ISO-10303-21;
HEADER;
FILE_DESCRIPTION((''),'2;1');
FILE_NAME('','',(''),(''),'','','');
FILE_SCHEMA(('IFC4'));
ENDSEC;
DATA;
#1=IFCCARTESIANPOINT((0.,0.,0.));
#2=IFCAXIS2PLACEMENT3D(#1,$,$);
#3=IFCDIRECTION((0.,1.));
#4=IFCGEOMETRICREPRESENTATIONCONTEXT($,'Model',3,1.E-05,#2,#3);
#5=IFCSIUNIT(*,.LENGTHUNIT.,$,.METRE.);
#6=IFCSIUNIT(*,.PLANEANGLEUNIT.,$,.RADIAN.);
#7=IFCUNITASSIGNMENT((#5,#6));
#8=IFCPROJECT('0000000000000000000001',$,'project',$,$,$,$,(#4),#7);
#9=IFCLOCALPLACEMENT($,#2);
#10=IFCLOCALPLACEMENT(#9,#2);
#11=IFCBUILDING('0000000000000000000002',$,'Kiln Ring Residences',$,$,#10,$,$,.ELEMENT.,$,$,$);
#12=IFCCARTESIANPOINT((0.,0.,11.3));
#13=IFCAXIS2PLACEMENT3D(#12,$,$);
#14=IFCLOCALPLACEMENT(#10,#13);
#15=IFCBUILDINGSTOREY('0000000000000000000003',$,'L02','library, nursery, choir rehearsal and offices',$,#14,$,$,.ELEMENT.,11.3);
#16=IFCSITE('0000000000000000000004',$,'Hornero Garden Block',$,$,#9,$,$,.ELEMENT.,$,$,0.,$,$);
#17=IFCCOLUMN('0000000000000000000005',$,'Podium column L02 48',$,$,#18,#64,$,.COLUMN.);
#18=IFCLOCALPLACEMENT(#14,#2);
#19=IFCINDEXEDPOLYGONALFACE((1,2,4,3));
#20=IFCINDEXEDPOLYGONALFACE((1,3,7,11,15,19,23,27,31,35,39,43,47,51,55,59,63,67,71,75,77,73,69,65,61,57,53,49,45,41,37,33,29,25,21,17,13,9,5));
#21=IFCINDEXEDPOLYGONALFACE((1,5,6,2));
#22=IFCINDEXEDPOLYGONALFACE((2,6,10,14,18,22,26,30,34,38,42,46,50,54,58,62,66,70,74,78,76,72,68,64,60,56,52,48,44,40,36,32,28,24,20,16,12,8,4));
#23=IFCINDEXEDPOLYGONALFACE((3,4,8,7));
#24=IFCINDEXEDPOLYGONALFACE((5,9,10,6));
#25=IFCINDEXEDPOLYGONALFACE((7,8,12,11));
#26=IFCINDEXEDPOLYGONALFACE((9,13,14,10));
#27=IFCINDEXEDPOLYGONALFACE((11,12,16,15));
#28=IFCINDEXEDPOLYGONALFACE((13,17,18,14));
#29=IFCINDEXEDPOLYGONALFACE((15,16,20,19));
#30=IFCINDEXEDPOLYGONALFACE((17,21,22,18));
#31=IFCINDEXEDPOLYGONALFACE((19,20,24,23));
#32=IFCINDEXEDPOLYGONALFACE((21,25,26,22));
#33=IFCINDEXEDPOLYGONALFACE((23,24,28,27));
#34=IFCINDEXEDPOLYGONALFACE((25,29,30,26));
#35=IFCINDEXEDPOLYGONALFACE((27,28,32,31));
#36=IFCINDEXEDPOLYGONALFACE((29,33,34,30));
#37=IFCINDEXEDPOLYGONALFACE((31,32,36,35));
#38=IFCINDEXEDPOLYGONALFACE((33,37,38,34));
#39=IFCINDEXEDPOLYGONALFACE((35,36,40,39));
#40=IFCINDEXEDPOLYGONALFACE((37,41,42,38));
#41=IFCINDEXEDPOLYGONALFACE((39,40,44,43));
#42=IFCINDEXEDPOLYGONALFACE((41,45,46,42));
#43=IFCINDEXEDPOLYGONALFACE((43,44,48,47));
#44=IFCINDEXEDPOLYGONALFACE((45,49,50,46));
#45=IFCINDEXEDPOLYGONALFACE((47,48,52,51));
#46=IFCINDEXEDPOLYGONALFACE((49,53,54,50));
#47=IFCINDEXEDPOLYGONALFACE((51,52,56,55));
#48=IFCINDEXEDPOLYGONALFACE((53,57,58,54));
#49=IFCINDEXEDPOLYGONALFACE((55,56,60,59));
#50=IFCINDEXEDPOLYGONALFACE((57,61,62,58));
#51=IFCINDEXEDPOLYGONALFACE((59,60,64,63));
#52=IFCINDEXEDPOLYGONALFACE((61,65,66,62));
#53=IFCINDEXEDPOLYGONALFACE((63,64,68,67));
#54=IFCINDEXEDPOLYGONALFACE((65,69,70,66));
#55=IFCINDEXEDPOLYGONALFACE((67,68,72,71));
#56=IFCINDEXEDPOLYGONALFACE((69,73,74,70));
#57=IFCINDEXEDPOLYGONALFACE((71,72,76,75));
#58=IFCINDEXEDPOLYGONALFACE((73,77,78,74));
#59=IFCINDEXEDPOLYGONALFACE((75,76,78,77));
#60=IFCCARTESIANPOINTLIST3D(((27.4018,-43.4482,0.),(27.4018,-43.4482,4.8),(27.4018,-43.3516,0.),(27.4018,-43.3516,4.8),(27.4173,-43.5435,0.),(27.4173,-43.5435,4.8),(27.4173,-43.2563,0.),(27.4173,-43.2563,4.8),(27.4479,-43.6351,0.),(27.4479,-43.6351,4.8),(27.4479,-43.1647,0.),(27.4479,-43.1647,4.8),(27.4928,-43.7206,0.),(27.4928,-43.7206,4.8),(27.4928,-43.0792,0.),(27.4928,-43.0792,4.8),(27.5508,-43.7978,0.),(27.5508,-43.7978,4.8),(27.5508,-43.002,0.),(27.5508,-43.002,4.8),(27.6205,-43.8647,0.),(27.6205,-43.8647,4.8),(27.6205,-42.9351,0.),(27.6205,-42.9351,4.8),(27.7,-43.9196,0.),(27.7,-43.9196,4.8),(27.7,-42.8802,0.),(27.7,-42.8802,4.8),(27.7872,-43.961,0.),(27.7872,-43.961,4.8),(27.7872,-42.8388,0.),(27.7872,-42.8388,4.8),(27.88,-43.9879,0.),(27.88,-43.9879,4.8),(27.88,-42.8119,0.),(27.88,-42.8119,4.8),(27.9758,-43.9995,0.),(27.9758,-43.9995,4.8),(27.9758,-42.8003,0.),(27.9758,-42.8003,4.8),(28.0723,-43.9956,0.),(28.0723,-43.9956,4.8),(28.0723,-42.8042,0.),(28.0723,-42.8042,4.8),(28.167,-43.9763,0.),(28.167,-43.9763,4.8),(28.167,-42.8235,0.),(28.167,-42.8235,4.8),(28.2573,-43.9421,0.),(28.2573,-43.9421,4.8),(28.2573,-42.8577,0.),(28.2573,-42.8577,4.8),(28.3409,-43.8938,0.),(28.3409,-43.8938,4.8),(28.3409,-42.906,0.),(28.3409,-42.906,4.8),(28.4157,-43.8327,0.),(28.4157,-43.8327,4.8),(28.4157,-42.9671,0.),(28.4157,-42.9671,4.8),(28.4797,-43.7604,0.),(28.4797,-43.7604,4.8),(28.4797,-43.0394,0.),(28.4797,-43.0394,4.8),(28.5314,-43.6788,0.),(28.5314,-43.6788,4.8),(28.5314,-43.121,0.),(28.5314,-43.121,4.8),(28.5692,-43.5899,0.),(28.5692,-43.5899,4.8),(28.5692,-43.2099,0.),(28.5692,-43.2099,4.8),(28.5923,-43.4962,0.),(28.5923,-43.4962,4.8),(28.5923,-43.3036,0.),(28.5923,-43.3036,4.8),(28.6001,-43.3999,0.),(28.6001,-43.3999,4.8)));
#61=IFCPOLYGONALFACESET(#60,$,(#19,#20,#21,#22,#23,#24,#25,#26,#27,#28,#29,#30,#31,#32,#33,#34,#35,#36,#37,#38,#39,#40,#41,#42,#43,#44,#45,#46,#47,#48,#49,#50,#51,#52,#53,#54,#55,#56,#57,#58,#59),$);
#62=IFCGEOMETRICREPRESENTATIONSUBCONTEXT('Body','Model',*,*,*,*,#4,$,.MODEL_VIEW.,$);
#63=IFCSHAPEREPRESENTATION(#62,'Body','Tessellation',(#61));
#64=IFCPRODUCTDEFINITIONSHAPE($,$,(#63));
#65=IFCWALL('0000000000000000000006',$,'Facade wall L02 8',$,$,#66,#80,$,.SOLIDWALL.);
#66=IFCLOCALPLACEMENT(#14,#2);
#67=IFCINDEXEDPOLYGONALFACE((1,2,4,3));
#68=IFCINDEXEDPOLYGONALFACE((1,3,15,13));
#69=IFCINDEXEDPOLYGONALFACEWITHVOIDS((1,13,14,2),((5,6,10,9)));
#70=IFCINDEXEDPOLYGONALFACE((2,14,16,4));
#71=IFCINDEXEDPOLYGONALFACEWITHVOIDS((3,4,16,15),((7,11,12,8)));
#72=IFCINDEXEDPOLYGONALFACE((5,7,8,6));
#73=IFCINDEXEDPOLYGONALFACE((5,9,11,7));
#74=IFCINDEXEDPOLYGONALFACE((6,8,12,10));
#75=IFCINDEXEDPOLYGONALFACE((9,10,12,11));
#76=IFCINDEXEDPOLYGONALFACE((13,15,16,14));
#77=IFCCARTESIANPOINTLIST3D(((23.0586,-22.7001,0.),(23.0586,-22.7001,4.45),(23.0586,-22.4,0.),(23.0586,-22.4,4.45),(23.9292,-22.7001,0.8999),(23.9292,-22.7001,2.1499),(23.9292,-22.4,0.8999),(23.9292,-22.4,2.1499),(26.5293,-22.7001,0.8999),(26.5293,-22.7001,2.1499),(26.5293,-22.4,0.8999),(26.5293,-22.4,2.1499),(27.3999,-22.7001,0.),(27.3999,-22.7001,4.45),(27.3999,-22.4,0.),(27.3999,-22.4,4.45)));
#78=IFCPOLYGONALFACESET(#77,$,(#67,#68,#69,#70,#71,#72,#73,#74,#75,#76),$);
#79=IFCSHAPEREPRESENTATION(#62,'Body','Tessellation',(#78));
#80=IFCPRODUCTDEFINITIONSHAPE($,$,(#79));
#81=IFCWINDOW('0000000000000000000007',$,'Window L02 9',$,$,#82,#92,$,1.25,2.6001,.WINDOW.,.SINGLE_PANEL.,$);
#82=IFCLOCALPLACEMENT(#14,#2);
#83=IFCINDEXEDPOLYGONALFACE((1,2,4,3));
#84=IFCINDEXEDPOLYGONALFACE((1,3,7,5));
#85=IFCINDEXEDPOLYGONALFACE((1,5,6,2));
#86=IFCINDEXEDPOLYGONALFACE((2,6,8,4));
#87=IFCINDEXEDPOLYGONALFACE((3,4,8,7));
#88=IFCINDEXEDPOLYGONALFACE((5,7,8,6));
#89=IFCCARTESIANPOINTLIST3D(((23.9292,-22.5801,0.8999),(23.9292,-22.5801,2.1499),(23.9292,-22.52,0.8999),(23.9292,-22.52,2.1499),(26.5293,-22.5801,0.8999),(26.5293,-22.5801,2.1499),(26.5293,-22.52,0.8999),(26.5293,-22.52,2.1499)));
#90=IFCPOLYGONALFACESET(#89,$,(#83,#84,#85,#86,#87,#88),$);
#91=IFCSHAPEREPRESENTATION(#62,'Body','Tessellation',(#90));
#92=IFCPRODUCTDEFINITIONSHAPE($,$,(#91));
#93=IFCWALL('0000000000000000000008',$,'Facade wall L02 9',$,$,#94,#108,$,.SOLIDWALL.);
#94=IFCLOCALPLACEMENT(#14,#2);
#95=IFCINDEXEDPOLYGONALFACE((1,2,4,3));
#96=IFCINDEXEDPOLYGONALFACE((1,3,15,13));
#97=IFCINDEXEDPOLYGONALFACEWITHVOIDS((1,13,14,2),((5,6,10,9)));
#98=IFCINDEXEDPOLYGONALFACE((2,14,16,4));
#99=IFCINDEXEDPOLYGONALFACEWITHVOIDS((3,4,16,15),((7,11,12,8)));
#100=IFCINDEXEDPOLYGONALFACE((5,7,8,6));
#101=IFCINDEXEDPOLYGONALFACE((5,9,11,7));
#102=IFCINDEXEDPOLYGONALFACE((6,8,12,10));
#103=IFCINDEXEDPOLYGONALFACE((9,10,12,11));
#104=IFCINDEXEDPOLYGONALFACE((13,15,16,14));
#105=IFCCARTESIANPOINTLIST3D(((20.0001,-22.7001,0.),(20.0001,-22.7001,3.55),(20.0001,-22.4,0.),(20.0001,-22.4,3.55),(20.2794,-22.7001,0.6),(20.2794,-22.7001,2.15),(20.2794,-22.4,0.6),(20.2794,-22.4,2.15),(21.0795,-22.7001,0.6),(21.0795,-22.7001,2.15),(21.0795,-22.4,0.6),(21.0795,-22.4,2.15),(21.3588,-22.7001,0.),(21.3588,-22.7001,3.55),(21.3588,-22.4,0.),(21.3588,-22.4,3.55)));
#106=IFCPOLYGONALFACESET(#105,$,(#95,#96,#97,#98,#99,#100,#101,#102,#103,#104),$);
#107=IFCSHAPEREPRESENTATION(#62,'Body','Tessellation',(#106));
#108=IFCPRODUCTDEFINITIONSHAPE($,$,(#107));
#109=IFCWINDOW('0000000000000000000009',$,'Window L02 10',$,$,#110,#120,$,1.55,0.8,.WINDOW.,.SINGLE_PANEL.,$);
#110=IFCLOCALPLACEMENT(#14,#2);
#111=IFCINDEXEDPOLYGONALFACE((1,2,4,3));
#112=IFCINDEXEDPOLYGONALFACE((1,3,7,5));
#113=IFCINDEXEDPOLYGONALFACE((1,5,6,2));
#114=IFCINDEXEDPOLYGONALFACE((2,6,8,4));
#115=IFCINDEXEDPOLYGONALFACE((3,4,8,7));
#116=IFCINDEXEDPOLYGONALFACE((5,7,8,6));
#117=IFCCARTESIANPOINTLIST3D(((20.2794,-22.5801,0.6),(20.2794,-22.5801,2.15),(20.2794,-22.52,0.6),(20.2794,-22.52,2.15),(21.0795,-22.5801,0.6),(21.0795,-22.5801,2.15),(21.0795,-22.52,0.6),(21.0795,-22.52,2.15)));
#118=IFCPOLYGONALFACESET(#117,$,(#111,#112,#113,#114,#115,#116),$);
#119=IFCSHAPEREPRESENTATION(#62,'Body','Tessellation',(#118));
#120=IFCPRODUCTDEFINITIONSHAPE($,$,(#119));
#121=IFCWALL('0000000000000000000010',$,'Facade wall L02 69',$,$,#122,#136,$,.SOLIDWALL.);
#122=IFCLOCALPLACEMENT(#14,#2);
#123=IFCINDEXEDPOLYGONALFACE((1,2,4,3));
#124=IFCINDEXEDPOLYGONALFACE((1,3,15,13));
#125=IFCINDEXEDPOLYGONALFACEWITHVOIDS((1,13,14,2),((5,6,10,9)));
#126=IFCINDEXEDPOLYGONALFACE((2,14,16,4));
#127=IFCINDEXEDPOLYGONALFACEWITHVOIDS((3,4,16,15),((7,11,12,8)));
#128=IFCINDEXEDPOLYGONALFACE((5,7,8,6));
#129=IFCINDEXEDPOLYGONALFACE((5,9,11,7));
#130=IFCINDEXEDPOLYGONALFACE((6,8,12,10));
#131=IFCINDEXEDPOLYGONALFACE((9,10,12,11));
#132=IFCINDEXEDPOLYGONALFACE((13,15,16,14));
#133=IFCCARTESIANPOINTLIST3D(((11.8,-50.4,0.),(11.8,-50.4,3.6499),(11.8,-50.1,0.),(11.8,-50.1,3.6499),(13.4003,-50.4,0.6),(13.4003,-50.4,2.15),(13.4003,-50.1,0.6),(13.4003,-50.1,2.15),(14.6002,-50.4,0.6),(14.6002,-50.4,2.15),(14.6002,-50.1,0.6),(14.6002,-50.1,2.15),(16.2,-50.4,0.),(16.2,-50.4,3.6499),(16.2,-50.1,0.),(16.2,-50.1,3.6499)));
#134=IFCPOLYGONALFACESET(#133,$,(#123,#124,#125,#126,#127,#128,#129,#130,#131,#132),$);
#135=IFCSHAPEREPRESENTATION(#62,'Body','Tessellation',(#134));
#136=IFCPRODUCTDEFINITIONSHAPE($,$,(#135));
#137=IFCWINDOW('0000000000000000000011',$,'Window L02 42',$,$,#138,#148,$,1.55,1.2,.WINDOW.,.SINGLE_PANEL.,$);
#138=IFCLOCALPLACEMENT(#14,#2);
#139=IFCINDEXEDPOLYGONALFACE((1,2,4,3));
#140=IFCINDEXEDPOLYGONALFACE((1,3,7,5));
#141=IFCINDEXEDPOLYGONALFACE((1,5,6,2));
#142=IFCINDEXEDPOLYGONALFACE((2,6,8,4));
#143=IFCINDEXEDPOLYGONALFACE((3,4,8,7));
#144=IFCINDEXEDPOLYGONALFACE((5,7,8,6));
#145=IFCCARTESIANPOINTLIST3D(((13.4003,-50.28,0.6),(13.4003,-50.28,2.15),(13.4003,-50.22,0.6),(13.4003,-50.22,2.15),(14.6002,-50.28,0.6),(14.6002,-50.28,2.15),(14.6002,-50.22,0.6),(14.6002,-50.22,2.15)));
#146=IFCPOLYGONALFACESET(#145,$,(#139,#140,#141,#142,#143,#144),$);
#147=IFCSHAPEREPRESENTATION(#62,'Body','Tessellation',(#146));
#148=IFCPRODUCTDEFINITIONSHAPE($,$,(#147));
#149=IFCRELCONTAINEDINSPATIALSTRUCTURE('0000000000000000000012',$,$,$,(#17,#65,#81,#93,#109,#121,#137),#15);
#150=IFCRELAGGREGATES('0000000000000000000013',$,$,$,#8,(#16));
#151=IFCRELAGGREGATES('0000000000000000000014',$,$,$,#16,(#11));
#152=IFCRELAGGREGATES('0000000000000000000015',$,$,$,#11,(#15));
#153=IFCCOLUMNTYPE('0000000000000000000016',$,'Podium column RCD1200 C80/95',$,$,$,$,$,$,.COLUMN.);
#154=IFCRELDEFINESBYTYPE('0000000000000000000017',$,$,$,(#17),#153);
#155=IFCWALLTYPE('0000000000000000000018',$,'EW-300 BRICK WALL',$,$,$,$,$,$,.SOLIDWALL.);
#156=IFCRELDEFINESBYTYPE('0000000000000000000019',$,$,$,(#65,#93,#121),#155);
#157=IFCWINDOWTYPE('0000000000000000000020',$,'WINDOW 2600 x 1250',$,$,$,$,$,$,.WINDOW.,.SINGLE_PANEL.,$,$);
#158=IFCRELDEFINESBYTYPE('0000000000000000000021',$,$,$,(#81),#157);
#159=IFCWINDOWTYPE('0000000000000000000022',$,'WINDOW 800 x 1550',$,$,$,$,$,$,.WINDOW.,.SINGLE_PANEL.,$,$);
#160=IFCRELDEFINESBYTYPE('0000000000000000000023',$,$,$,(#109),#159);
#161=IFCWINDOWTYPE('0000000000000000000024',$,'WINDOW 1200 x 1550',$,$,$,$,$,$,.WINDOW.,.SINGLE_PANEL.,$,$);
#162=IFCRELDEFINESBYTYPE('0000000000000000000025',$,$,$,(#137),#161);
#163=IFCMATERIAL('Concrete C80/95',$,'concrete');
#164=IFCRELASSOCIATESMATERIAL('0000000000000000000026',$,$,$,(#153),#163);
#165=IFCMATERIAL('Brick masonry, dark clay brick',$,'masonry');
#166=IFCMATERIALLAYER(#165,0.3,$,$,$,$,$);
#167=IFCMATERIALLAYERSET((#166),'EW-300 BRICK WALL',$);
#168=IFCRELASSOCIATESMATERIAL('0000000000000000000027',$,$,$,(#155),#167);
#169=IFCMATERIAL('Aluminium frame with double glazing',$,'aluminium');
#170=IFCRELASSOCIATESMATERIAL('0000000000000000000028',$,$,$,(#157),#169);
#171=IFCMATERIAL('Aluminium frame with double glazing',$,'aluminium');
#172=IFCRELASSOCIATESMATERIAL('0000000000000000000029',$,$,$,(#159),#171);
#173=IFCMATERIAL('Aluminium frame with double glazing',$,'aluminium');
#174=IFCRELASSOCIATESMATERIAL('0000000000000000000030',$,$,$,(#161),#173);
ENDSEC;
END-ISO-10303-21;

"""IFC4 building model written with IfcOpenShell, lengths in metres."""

from ifc_helpers import new_model, si_unit, direction, frame, frame_2d, origin, origin_2d, place, context, subcontext, project, spatial, rectangle, circle, extrude, material, layer, layer_set, material_profile, profile_set, type_object, element, fill, save


model = new_model("IFC4")

# Units and contexts
model_context = context("Model", 3, precision=1e-05, world=origin(), true_north=direction((0.0, 1.0)))
body_context = subcontext(model_context, "Body", "Model", "MODEL_VIEW")
ifc_project = project(units=[si_unit("LENGTHUNIT", "METRE"), si_unit("PLANEANGLEUNIT", "RADIAN")], contexts=[model_context])

# Site, building, storey
site_placement = place(None, origin())
site = spatial("IfcSite", under=ifc_project, at=site_placement, Name="Hornero Garden Block", CompositionType="ELEMENT", RefElevation=0.0)
building_placement = place(site_placement, origin())
building = spatial("IfcBuilding", under=site, at=building_placement, Name="Kiln Ring Residences", CompositionType="ELEMENT")
storey_placement = place(building_placement, frame((0.0, 0.0, 11.3)))
storey = spatial("IfcBuildingStorey", under=building, at=storey_placement, Name="L02", Description="library, nursery, choir rehearsal and offices", CompositionType="ELEMENT", Elevation=11.3)

# Column
ifc_material_1 = material(Name="Concrete C80/95", Category="concrete")
ifc_material_profile_1 = material_profile(ifc_material_1, circle(Radius=0.6001, at=origin_2d()), Name="RCD1200")
ifc_profile_set_1 = profile_set([ifc_material_profile_1], Name="Concrete C80/95")
column_type_1 = type_object("IfcColumnType", Name="Podium column RCD1200 C80/95", PredefinedType="COLUMN", material=ifc_profile_set_1)
for number, where, z_axis, x_axis, name in (
    (1, (28.0, -43.3999, 0.0), (0.0, 0.0, 1.0), (1.0, 0.0, 0.0), "Podium column L02 48"),
):
    element("IfcColumn", number, at=place(storey_placement, frame(where, z_axis=z_axis, x_axis=x_axis)), inside=storey, type_object=column_type_1, Name=name, PredefinedType="COLUMN", context=body_context, shape_type="SweptSolid", body=[
        extrude(circle(Radius=0.6001, at=origin_2d()), origin(), (0.0, 0.0, 1.0), 4.8),
    ])

# Walls, openings, windows
ifc_material_2 = material(Name="Brick masonry, dark clay brick", Category="masonry")
ifc_layer_1 = layer(ifc_material_2, 0.3)
ifc_layer_set_1 = layer_set([ifc_layer_1], Name="EW-300 BRICK WALL")
wall_type_1 = type_object("IfcWallType", Name="EW-300 BRICK WALL", PredefinedType="SOLIDWALL", material=ifc_layer_set_1)
wall_1_placement = place(storey_placement, frame((27.3999, -22.55, 0.0), z_axis=(0.0, 0.0, 1.0), x_axis=(-1.0, 0.0, 0.0)))
wall_1 = element("IfcWall", 2, at=wall_1_placement, inside=storey, type_object=wall_type_1, Name="Facade wall L02 8", PredefinedType="SOLIDWALL", context=body_context, shape_type="SweptSolid", body=[
    extrude(rectangle(XDim=4.3413, YDim=0.3, at=frame_2d((2.1707, 0.0))), origin(), (0.0, 0.0, 1.0), 4.45),
])
opening_1_placement = place(wall_1_placement, frame((0.8706, 0.0, 0.8999)))
opening_1 = element("IfcOpeningElement", 3, at=opening_1_placement, cuts=wall_1, PredefinedType="OPENING", context=body_context, shape_type="SweptSolid", body=[
    extrude(rectangle(XDim=2.6001, YDim=1.25, at=frame_2d((1.3, 0.625))), frame((0.0, 0.1599, 0.0), z_axis=(0.0, -1.0, 0.0), x_axis=(1.0, 0.0, 0.0)), (0.0, 0.0, 1.0), 0.3201),
])
ifc_material_3 = material(Name="Aluminium frame with double glazing", Category="aluminium")
window_type_1 = type_object("IfcWindowType", Name="WINDOW 2600 x 1250", PartitioningType="SINGLE_PANEL", PredefinedType="WINDOW", material=ifc_material_3)
window_1_placement = place(opening_1_placement, origin())
window_1 = element("IfcWindow", 4, at=window_1_placement, inside=storey, type_object=window_type_1, Name="Window L02 9", OverallHeight=1.25, OverallWidth=2.6001, PartitioningType="SINGLE_PANEL", PredefinedType="WINDOW", context=body_context, shape_type="SweptSolid", body=[
    extrude(rectangle(XDim=2.6001, YDim=1.25, at=frame_2d((1.3, 0.625))), frame((0.0, 0.03, 0.0), z_axis=(0.0, -1.0, 0.0), x_axis=(1.0, 0.0, 0.0)), (0.0, 0.0, 1.0), 0.0601),
])
fill(opening_1, window_1)
wall_2_placement = place(storey_placement, frame((21.3586, -22.55, 0.0), z_axis=(0.0, 0.0, 1.0), x_axis=(-1.0, 0.0, 0.0)))
wall_2 = element("IfcWall", 5, at=wall_2_placement, inside=storey, type_object=wall_type_1, Name="Facade wall L02 9", PredefinedType="SOLIDWALL", context=body_context, shape_type="SweptSolid", body=[
    extrude(rectangle(XDim=1.3586, YDim=0.3, at=frame_2d((0.6792, 0.0))), origin(), (0.0, 0.0, 1.0), 3.55),
])
opening_2_placement = place(wall_2_placement, frame((0.2793, 0.0, 0.6001)))
opening_2 = element("IfcOpeningElement", 6, at=opening_2_placement, cuts=wall_2, PredefinedType="OPENING", context=body_context, shape_type="SweptSolid", body=[
    extrude(rectangle(XDim=0.8, YDim=1.55, at=frame_2d((0.3999, 0.7749))), frame((0.0, 0.1599, 0.0), z_axis=(0.0, -1.0, 0.0), x_axis=(1.0, 0.0, 0.0)), (0.0, 0.0, 1.0), 0.3201),
])
ifc_material_4 = material(Name="Aluminium frame with double glazing", Category="aluminium")
window_type_2 = type_object("IfcWindowType", Name="WINDOW 800 x 1550", PartitioningType="SINGLE_PANEL", PredefinedType="WINDOW", material=ifc_material_4)
window_2_placement = place(opening_2_placement, origin())
window_2 = element("IfcWindow", 7, at=window_2_placement, inside=storey, type_object=window_type_2, Name="Window L02 10", OverallHeight=1.55, OverallWidth=0.8, PartitioningType="SINGLE_PANEL", PredefinedType="WINDOW", context=body_context, shape_type="SweptSolid", body=[
    extrude(rectangle(XDim=0.8, YDim=1.55, at=frame_2d((0.3999, 0.7749))), frame((0.0, 0.03, 0.0), z_axis=(0.0, -1.0, 0.0), x_axis=(1.0, 0.0, 0.0)), (0.0, 0.0, 1.0), 0.0601),
])
fill(opening_2, window_2)
wall_3_placement = place(storey_placement, frame((11.8, -50.25, 0.0), z_axis=(0.0, 0.0, 1.0), x_axis=(1.0, 0.0, 0.0)))
wall_3 = element("IfcWall", 8, at=wall_3_placement, inside=storey, type_object=wall_type_1, Name="Facade wall L02 69", PredefinedType="SOLIDWALL", context=body_context, shape_type="SweptSolid", body=[
    extrude(rectangle(XDim=4.3999, YDim=0.3, at=frame_2d((2.2, 0.0))), origin(), (0.0, 0.0, 1.0), 3.6499),
])
opening_3_placement = place(wall_3_placement, frame((1.6001, 0.0, 0.6001)))
opening_3 = element("IfcOpeningElement", 9, at=opening_3_placement, cuts=wall_3, PredefinedType="OPENING", context=body_context, shape_type="SweptSolid", body=[
    extrude(rectangle(XDim=1.2, YDim=1.55, at=frame_2d((0.6001, 0.7749))), frame((0.0, 0.1599, 0.0), z_axis=(0.0, -1.0, 0.0), x_axis=(1.0, 0.0, 0.0)), (0.0, 0.0, 1.0), 0.3201),
])
ifc_material_5 = material(Name="Aluminium frame with double glazing", Category="aluminium")
window_type_3 = type_object("IfcWindowType", Name="WINDOW 1200 x 1550", PartitioningType="SINGLE_PANEL", PredefinedType="WINDOW", material=ifc_material_5)
window_3_placement = place(opening_3_placement, origin())
window_3 = element("IfcWindow", 10, at=window_3_placement, inside=storey, type_object=window_type_3, Name="Window L02 42", OverallHeight=1.55, OverallWidth=1.2, PartitioningType="SINGLE_PANEL", PredefinedType="WINDOW", context=body_context, shape_type="SweptSolid", body=[
    extrude(rectangle(XDim=1.2, YDim=1.55, at=frame_2d((0.6001, 0.7749))), frame((0.0, 0.03, 0.0), z_axis=(0.0, -1.0, 0.0), x_axis=(1.0, 0.0, 0.0)), (0.0, 0.0, 1.0), 0.0601),
])
fill(opening_3, window_3)

save(model, "model.ifc")
